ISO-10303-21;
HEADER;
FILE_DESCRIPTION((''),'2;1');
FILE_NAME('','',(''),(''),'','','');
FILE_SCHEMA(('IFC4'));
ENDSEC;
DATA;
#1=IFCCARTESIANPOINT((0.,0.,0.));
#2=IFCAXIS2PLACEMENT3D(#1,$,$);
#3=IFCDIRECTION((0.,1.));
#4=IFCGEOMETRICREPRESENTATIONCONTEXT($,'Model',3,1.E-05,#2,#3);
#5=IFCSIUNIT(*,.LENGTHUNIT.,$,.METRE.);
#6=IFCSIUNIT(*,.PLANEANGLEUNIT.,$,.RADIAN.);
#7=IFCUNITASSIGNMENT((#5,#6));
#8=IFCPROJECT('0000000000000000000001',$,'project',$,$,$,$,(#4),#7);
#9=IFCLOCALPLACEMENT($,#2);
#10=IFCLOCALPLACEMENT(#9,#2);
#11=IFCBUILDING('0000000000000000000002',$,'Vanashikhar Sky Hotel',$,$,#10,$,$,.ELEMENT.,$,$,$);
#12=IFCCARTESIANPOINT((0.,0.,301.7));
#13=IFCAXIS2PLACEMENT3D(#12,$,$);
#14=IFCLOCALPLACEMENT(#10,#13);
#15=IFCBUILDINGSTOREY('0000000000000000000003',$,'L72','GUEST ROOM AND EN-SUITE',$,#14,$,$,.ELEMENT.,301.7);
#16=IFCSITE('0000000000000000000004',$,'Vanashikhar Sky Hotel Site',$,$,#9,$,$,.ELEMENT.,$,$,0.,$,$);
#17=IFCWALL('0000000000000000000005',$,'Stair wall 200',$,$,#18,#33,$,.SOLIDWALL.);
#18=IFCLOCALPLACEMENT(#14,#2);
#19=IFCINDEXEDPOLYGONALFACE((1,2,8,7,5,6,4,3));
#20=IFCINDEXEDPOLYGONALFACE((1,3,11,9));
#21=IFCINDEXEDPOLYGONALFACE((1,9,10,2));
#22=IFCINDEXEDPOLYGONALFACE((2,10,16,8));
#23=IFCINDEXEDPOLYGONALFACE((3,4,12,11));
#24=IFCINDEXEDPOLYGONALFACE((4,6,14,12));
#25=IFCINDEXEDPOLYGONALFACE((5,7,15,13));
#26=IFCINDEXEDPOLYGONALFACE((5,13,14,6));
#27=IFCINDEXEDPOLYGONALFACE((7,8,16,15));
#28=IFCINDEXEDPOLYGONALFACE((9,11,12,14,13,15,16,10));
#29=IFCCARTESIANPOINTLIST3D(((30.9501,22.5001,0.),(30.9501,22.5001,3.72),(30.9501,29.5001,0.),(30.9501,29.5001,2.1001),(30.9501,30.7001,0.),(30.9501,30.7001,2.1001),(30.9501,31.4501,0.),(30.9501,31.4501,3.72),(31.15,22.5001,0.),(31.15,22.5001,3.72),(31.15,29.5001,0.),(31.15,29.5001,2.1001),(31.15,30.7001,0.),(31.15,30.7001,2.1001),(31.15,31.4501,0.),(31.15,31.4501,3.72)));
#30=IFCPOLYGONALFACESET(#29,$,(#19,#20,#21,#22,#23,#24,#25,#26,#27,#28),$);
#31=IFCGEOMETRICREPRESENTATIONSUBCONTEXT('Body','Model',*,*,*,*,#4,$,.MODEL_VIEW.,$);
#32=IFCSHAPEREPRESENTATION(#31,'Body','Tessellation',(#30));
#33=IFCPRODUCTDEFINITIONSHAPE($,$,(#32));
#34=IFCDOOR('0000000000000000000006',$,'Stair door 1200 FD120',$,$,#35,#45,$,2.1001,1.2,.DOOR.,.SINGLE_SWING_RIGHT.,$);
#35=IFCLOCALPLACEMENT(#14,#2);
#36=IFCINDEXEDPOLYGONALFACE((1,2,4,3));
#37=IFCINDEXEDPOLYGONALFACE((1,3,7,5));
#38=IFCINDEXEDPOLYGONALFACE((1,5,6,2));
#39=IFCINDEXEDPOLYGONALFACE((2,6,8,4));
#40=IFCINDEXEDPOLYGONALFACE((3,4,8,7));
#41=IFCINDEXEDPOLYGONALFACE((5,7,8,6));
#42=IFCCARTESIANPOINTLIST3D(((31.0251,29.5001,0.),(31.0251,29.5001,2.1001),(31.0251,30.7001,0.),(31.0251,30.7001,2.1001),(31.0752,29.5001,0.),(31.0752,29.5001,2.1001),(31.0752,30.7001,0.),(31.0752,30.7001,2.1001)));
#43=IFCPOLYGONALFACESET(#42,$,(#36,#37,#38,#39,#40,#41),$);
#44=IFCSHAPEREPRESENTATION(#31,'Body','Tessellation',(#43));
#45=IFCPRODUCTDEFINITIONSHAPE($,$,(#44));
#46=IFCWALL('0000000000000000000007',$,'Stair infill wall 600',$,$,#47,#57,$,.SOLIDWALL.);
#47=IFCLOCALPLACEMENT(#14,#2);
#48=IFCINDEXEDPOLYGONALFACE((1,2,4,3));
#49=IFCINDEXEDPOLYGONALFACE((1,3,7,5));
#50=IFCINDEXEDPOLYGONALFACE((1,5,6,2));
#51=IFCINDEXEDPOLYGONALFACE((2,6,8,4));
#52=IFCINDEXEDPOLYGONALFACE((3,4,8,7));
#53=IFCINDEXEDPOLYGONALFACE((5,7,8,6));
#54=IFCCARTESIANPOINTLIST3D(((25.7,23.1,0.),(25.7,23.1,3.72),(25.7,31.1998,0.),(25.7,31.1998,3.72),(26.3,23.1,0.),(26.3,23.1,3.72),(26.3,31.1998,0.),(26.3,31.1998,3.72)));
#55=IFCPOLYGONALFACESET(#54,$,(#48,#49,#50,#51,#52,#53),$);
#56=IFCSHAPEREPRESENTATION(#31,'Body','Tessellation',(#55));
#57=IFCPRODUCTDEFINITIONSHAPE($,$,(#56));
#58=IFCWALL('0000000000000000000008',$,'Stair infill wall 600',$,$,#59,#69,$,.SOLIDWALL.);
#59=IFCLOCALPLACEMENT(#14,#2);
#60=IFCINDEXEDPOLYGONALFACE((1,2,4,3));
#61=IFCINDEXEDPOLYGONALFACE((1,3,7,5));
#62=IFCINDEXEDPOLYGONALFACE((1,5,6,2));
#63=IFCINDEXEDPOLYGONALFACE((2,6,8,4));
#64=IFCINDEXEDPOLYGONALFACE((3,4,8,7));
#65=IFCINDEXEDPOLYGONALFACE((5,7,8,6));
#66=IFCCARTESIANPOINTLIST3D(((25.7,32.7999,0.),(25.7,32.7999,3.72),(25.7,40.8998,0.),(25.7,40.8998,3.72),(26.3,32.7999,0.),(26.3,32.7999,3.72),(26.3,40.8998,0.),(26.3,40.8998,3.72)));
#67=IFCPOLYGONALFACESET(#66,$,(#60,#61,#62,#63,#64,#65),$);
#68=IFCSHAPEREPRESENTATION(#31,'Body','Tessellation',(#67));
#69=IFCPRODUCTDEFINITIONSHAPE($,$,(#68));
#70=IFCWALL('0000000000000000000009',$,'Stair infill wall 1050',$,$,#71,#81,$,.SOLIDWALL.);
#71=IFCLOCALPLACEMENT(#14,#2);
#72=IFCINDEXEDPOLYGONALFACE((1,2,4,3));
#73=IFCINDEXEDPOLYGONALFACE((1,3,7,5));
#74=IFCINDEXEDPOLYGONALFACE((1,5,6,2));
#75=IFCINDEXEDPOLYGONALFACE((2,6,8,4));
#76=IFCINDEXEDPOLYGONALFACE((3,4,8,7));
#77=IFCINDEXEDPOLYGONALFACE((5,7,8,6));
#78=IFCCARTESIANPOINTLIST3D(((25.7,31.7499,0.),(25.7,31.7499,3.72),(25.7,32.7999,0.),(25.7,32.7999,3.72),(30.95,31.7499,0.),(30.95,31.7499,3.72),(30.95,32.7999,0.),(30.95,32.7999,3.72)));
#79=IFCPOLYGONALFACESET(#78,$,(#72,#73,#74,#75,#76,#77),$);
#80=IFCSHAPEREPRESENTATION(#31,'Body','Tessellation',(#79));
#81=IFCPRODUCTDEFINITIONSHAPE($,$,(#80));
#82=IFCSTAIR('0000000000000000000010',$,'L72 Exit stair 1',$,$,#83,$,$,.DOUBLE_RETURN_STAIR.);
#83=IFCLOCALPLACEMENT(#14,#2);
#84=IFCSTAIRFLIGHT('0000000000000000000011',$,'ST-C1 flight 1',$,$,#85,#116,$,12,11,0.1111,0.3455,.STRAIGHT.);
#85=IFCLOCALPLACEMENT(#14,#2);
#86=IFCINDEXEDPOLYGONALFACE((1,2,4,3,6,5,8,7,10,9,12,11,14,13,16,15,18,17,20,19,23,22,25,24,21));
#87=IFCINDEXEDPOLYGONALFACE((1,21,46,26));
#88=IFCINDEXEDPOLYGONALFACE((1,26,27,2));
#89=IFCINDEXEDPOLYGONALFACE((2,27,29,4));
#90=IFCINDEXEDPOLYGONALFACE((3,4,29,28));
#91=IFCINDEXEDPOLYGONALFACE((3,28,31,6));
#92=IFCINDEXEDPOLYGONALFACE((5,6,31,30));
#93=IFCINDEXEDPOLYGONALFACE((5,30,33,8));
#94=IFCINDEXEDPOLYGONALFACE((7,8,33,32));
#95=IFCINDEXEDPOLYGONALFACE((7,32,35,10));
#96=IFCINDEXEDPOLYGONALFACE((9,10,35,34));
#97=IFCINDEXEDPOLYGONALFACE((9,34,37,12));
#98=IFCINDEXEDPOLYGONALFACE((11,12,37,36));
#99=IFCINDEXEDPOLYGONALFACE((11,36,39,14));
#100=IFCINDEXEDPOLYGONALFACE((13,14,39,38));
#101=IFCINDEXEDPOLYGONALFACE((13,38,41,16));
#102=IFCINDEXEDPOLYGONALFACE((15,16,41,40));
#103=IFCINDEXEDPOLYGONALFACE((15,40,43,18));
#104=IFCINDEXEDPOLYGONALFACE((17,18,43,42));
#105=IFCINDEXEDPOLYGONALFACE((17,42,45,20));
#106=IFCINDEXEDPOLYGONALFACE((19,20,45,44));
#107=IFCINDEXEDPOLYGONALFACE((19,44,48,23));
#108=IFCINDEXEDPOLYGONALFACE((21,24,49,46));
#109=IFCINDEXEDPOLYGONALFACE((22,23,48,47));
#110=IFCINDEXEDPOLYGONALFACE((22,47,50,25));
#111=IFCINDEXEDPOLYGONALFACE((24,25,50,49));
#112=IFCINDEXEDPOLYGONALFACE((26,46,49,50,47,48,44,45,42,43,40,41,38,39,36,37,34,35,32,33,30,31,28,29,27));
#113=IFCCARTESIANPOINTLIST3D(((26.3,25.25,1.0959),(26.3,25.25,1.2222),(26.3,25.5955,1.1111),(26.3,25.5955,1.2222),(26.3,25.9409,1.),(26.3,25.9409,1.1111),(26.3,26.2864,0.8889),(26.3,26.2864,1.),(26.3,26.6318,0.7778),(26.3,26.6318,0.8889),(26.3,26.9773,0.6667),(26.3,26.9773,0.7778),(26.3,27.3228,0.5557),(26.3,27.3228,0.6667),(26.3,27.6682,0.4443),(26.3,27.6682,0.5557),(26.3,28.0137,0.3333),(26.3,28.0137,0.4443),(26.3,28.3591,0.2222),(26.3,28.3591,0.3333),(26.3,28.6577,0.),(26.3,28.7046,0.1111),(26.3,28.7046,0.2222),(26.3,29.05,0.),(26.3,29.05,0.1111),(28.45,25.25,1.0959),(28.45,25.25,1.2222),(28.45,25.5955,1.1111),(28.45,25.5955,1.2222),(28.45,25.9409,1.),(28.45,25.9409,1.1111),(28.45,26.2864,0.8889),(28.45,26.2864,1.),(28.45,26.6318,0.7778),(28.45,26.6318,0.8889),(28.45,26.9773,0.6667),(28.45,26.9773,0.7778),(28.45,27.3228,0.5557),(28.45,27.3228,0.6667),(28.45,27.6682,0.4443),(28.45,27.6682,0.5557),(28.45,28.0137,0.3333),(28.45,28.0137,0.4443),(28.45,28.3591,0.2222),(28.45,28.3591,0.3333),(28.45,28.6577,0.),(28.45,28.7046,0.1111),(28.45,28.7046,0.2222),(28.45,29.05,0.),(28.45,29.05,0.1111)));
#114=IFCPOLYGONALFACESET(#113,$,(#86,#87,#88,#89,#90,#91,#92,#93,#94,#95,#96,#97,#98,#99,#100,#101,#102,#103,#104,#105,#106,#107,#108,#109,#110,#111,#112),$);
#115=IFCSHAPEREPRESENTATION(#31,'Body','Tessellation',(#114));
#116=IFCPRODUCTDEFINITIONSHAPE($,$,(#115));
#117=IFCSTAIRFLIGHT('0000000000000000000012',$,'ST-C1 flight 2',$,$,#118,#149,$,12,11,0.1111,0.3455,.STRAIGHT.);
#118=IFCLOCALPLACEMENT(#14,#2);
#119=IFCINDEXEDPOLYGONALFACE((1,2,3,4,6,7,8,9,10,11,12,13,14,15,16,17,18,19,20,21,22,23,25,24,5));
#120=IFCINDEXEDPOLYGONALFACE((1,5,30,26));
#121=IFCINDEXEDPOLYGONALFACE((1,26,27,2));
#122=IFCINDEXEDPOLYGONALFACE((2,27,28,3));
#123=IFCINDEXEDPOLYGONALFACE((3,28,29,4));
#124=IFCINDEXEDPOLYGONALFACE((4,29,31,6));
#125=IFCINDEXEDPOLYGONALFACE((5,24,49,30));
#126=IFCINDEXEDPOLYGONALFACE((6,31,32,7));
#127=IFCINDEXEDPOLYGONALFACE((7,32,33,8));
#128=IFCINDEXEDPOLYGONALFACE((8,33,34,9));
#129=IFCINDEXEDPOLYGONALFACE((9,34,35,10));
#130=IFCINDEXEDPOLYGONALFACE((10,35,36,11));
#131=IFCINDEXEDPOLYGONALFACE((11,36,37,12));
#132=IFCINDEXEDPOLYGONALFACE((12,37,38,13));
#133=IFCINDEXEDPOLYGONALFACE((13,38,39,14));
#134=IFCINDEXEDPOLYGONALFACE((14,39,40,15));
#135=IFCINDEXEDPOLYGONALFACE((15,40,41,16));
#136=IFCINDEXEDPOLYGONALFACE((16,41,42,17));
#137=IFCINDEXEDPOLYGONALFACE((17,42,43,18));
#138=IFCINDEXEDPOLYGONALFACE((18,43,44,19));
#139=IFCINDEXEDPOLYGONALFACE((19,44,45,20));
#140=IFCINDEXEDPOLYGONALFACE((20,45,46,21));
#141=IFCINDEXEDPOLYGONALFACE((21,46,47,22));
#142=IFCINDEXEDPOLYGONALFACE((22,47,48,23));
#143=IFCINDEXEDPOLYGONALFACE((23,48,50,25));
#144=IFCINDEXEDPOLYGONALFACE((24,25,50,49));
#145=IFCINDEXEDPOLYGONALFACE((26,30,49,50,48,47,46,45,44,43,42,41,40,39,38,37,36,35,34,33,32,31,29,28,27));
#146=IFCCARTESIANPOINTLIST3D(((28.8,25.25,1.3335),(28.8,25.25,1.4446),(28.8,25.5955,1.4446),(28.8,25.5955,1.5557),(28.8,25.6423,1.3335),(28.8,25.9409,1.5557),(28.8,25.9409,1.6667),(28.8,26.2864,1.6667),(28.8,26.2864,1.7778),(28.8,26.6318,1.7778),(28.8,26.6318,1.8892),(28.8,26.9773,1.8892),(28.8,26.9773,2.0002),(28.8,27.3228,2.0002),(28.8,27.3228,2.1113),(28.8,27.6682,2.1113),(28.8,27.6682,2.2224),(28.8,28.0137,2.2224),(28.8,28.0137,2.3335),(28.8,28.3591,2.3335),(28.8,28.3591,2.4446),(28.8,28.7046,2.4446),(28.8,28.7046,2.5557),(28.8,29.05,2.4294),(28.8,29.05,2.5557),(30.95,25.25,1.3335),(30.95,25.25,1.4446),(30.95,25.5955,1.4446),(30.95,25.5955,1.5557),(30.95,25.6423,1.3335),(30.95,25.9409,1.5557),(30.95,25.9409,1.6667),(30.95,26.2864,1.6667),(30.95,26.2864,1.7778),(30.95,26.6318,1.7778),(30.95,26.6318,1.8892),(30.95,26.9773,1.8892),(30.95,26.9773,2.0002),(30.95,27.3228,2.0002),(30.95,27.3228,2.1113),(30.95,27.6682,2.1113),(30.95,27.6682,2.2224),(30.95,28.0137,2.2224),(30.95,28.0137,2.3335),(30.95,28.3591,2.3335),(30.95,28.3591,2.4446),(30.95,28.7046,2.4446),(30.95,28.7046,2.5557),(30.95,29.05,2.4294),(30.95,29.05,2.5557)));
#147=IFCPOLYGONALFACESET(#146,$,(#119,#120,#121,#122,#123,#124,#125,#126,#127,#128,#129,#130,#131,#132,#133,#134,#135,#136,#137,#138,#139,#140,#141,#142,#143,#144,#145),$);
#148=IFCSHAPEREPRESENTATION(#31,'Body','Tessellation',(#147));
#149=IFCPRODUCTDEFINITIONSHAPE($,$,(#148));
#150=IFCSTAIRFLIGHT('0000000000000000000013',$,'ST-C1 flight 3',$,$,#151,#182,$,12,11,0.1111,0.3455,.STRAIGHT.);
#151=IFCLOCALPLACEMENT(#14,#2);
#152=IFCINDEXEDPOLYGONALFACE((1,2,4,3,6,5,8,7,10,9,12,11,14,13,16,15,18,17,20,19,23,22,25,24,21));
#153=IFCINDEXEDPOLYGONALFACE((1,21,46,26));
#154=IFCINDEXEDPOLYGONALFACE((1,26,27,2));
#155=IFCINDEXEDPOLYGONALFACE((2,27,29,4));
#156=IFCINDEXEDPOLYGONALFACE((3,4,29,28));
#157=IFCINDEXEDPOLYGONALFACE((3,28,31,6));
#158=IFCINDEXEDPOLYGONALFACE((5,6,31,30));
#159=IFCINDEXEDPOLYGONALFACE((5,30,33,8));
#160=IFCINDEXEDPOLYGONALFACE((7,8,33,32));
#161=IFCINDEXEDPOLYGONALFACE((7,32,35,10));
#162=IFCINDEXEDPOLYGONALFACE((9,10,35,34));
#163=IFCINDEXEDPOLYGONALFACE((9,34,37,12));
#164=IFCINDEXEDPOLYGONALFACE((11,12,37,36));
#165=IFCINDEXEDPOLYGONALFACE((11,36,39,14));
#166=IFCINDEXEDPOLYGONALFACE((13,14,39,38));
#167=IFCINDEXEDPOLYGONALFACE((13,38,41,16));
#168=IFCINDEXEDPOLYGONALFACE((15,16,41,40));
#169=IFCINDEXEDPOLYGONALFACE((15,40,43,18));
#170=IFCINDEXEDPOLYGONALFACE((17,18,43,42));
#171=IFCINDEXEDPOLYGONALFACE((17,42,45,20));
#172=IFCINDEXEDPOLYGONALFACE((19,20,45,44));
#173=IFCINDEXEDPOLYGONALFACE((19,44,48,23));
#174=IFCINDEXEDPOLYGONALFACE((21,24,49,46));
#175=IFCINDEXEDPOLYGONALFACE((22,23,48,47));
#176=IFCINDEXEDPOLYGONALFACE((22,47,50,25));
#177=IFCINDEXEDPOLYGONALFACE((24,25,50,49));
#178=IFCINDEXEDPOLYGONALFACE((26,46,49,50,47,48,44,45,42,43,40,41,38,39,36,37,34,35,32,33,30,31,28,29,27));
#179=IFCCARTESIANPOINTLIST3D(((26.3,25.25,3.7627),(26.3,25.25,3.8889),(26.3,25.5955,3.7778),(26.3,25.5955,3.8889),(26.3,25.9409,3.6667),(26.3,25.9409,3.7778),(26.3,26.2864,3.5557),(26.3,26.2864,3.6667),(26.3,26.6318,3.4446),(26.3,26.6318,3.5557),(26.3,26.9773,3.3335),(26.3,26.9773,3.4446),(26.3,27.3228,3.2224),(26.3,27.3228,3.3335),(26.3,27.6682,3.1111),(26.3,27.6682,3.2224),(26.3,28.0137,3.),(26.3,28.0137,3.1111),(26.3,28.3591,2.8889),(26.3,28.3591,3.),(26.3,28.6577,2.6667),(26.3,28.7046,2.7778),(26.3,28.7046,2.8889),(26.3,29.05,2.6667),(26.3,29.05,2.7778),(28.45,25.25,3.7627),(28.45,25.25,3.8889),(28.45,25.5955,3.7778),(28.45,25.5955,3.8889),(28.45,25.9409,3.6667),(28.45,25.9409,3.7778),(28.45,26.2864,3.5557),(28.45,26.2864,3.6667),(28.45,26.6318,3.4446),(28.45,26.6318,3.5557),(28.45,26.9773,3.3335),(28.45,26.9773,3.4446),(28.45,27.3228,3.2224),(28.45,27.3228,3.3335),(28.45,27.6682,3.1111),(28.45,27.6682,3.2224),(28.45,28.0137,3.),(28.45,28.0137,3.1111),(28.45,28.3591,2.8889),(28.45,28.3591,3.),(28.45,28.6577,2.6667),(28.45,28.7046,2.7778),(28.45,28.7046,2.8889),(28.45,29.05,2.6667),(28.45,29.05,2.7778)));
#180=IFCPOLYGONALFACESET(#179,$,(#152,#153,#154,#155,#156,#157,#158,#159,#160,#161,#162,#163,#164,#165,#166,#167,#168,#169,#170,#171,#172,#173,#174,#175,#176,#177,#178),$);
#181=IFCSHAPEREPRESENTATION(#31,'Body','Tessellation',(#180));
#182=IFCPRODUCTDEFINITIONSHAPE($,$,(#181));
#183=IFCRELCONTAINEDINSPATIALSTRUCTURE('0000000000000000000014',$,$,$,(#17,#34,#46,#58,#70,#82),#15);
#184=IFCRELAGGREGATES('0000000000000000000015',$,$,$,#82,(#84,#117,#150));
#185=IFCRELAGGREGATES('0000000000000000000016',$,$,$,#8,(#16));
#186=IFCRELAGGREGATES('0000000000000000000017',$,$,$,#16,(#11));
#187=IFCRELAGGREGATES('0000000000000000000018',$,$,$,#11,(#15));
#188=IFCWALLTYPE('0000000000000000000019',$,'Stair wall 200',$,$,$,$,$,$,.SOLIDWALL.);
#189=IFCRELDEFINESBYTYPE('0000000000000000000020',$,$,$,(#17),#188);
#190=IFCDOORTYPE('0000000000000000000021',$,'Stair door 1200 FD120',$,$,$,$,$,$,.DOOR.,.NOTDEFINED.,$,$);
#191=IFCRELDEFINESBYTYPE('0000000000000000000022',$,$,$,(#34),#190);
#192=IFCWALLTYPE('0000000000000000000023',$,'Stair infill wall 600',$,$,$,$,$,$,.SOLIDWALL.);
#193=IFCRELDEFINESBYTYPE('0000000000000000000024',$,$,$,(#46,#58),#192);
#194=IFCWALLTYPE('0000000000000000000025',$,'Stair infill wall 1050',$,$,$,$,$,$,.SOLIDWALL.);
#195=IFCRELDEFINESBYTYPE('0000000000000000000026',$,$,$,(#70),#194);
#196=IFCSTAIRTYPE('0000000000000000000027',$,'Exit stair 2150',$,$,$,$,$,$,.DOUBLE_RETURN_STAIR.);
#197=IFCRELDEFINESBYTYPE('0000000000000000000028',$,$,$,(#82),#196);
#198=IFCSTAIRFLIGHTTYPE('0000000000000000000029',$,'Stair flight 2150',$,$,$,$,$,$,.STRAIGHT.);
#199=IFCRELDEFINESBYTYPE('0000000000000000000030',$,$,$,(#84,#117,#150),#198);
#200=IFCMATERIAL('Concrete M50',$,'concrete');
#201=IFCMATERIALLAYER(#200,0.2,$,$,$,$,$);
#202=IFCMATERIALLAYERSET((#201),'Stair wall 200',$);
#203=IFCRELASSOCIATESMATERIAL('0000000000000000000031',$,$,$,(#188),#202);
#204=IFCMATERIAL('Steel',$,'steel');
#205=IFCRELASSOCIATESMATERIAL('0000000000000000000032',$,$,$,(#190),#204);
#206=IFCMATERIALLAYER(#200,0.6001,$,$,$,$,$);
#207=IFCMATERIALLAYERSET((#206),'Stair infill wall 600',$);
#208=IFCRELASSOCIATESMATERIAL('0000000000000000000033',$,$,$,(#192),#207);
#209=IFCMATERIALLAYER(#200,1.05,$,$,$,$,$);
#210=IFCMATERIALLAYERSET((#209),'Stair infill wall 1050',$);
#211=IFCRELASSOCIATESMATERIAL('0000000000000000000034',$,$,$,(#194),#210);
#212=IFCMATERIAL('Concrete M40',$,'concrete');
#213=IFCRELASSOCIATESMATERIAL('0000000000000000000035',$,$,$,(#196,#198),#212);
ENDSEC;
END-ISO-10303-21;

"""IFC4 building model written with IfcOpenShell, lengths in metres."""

from ifc_helpers import new_model, si_unit, direction, frame, frame_2d, origin, place, context, subcontext, project, spatial, polyline, rectangle, outline, extrude, source, transform, mapped, material, layer, layer_set, type_object, element, fill, aggregate, save


model = new_model("IFC4")

# Units and contexts
model_context = context("Model", 3, precision=1e-05, world=origin(), true_north=direction((0.0, 1.0)))
body_context = subcontext(model_context, "Body", "Model", "MODEL_VIEW")
ifc_project = project(units=[si_unit("LENGTHUNIT", "METRE"), si_unit("PLANEANGLEUNIT", "RADIAN")], contexts=[model_context])

# Site, building, storey
site_placement = place(None, origin())
site = spatial("IfcSite", under=ifc_project, at=site_placement, Name="Vanashikhar Sky Hotel Site", CompositionType="ELEMENT", RefElevation=0.0)
building_placement = place(site_placement, origin())
building = spatial("IfcBuilding", under=site, at=building_placement, Name="Vanashikhar Sky Hotel", CompositionType="ELEMENT")
storey_placement = place(building_placement, frame((0.0, 0.0, 301.7)))
storey = spatial("IfcBuildingStorey", under=building, at=storey_placement, Name="L72", Description="GUEST ROOM AND EN-SUITE", CompositionType="ELEMENT", Elevation=301.7)

# Wall, opening, door
ifc_material_1 = material(Name="Concrete M50", Category="concrete")
ifc_layer_1 = layer(ifc_material_1, 0.2)
ifc_layer_set_1 = layer_set([ifc_layer_1], Name="Stair wall 200")
wall_type_1 = type_object("IfcWallType", Name="Stair wall 200", PredefinedType="SOLIDWALL", material=ifc_layer_set_1)
shared_shape_1 = source(origin(), body_context, "Body", "SweptSolid", [
    extrude(rectangle(XDim=8.95, YDim=0.2, at=frame_2d((4.4751, 0.0))), origin(), (0.0, 0.0, 1.0), 3.72),
])
wall_1_placement = place(storey_placement, frame((31.05, 22.5, 0.0), z_axis=(0.0, 0.0, 1.0), x_axis=(0.0, 1.0, 0.0)))
wall_1 = element("IfcWall", 1, at=wall_1_placement, inside=storey, type_object=wall_type_1, Name="Stair wall 200", PredefinedType="SOLIDWALL", context=body_context, shape_type="MappedRepresentation", body=[
    mapped(shared_shape_1, transform((0.0, 0.0, 0.0), scale=1.0)),
])
shared_shape_2 = source(origin(), body_context, "Body", "SweptSolid", [
    extrude(rectangle(XDim=1.2, YDim=2.1001, at=frame_2d((0.6001, 1.05))), frame((0.0, 0.1099, 0.0), z_axis=(0.0, -1.0, 0.0), x_axis=(1.0, 0.0, 0.0)), (0.0, 0.0, 1.0), 0.22),
])
opening_placement = place(wall_1_placement, frame((7.0, 0.0, 0.0)))
opening = element("IfcOpeningElement", 2, at=opening_placement, cuts=wall_1, PredefinedType="OPENING", context=body_context, shape_type="MappedRepresentation", body=[
    mapped(shared_shape_2, transform((0.0, 0.0, 0.0), scale=1.0)),
])
ifc_material_2 = material(Name="Steel", Category="steel")
door_type = type_object("IfcDoorType", Name="Stair door 1200 FD120", OperationType="NOTDEFINED", PredefinedType="DOOR", material=ifc_material_2)
shared_shape_3 = source(origin(), body_context, "Body", "SweptSolid", [
    extrude(rectangle(XDim=1.2, YDim=2.1001, at=frame_2d((0.6001, 1.05))), frame((0.0, 0.0249, 0.0), z_axis=(0.0, -1.0, 0.0), x_axis=(1.0, 0.0, 0.0)), (0.0, 0.0, 1.0), 0.05),
])
door_placement = place(opening_placement, origin())
door = element("IfcDoor", 3, at=door_placement, inside=storey, type_object=door_type, Name="Stair door 1200 FD120", OperationType="SINGLE_SWING_RIGHT", OverallHeight=2.1001, OverallWidth=1.2, PredefinedType="DOOR", context=body_context, shape_type="MappedRepresentation", body=[
    mapped(shared_shape_3, transform((0.0, 0.0, 0.0), scale=1.0)),
])
fill(opening, door)

# Walls
ifc_layer_2 = layer(ifc_material_1, 0.6001)
ifc_layer_set_2 = layer_set([ifc_layer_2], Name="Stair infill wall 600")
wall_type_2 = type_object("IfcWallType", Name="Stair infill wall 600", PredefinedType="SOLIDWALL", material=ifc_layer_set_2)
shared_shape_4 = source(origin(), body_context, "Body", "SweptSolid", [
    extrude(rectangle(XDim=8.0999, YDim=0.6001, at=frame_2d((4.0498, 0.0))), origin(), (0.0, 0.0, 1.0), 3.72),
])
for number, where, z_axis, x_axis, name in (
    (4, (26.0, 23.1001, 0.0), (0.0, 0.0, 1.0), (0.0, 1.0, 0.0), "Stair infill wall 600"),
    (5, (26.0, 32.8, 0.0), (0.0, 0.0, 1.0), (0.0, 1.0, 0.0), "Stair infill wall 600"),
):
    element("IfcWall", number, at=place(storey_placement, frame(where, z_axis=z_axis, x_axis=x_axis)), inside=storey, type_object=wall_type_2, Name=name, PredefinedType="SOLIDWALL", context=body_context, shape_type="MappedRepresentation", body=[
        mapped(shared_shape_4, transform((0.0, 0.0, 0.0), scale=1.0)),
    ])
ifc_layer_3 = layer(ifc_material_1, 1.05)
ifc_layer_set_3 = layer_set([ifc_layer_3], Name="Stair infill wall 1050")
wall_type_3 = type_object("IfcWallType", Name="Stair infill wall 1050", PredefinedType="SOLIDWALL", material=ifc_layer_set_3)
shared_shape_5 = source(origin(), body_context, "Body", "SweptSolid", [
    extrude(rectangle(XDim=5.25, YDim=1.05, at=frame_2d((2.625, 0.0))), origin(), (0.0, 0.0, 1.0), 3.72),
])
wall_2_placement = place(storey_placement, frame((25.7, 32.2749, 0.0), z_axis=(0.0, 0.0, 1.0), x_axis=(1.0, 0.0, 0.0)))
element("IfcWall", 6, at=wall_2_placement, inside=storey, type_object=wall_type_3, Name="Stair infill wall 1050", PredefinedType="SOLIDWALL", context=body_context, shape_type="MappedRepresentation", body=[
    mapped(shared_shape_5, transform((0.0, 0.0, 0.0), scale=1.0)),
])

# Stair, stair flights
ifc_material_3 = material(Name="Concrete M40", Category="concrete")
stair_type = type_object("IfcStairType", Name="Exit stair 2150", PredefinedType="DOUBLE_RETURN_STAIR", material=ifc_material_3)
stair_1_placement = place(storey_placement, origin())
stair_1 = element("IfcStair", 7, at=stair_1_placement, inside=storey, type_object=stair_type, Name="L72 Exit stair 1", PredefinedType="DOUBLE_RETURN_STAIR")
stair_flight_type = type_object("IfcStairFlightType", Name="Stair flight 2150", PredefinedType="STRAIGHT", material=ifc_material_3)
shared_shape_6 = source(origin(), body_context, "Body", "SweptSolid", [
    extrude(outline(polyline([(0.0, 0.0), (0.0, 0.1111), (0.3455, 0.1111), (0.3455, 0.2222), (0.6909, 0.2222), (0.6909, 0.3333), (1.0364, 0.3333), (1.0364, 0.4443), (1.3818, 0.4443), (1.3818, 0.5557), (1.7273, 0.5557), (1.7273, 0.6667), (2.0728, 0.6667), (2.0728, 0.7778), (2.4182, 0.7778), (2.4182, 0.8889), (2.7637, 0.8889), (2.7637, 1.0), (3.1091, 1.0), (3.1091, 1.1111), (3.4546, 1.1111), (3.4546, 1.2222), (3.8, 1.2222), (3.8, 1.3333), (3.8, 1.0959), (0.3923, 0.0), (0.0, 0.0)])), frame((0.0, 1.075, 0.0), z_axis=(0.0, -1.0, 0.0), x_axis=(1.0, 0.0, 0.0)), (0.0, 0.0, 1.0), 2.1499),
])
stair_flight_1_placement = place(storey_placement, frame((27.375, 29.05, 0.0), z_axis=(0.0, 0.0, 1.0), x_axis=(0.0, -1.0, 0.0)))
stair_flight_1 = element("IfcStairFlight", 8, at=stair_flight_1_placement, type_object=stair_flight_type, Name="ST-C1 flight 1", NumberOfRisers=12, NumberOfTreads=11, PredefinedType="STRAIGHT", RiserHeight=0.1111, TreadLength=0.3455, context=body_context, shape_type="MappedRepresentation", body=[
    mapped(shared_shape_6, transform((0.0, 0.0, 0.0), scale=1.0)),
])
stair_flight_2_placement = place(storey_placement, frame((29.875, 25.25, 1.3335), z_axis=(0.0, 0.0, 1.0), x_axis=(0.0, 1.0, 0.0)))
stair_flight_2 = element("IfcStairFlight", 9, at=stair_flight_2_placement, type_object=stair_flight_type, Name="ST-C1 flight 2", NumberOfRisers=12, NumberOfTreads=11, PredefinedType="STRAIGHT", RiserHeight=0.1111, TreadLength=0.3455, context=body_context, shape_type="MappedRepresentation", body=[
    mapped(shared_shape_6, transform((0.0, 0.0, 0.0), scale=1.0)),
])
stair_flight_3_placement = place(storey_placement, frame((27.375, 29.05, 2.6667), z_axis=(0.0, 0.0, 1.0), x_axis=(0.0, -1.0, 0.0)))
stair_flight_3 = element("IfcStairFlight", 10, at=stair_flight_3_placement, type_object=stair_flight_type, Name="ST-C1 flight 3", NumberOfRisers=12, NumberOfTreads=11, PredefinedType="STRAIGHT", RiserHeight=0.1111, TreadLength=0.3455, context=body_context, shape_type="MappedRepresentation", body=[
    mapped(shared_shape_6, transform((0.0, 0.0, 0.0), scale=1.0)),
])
aggregate(stair_1, [stair_flight_1, stair_flight_2, stair_flight_3])

save(model, "model.ifc")
